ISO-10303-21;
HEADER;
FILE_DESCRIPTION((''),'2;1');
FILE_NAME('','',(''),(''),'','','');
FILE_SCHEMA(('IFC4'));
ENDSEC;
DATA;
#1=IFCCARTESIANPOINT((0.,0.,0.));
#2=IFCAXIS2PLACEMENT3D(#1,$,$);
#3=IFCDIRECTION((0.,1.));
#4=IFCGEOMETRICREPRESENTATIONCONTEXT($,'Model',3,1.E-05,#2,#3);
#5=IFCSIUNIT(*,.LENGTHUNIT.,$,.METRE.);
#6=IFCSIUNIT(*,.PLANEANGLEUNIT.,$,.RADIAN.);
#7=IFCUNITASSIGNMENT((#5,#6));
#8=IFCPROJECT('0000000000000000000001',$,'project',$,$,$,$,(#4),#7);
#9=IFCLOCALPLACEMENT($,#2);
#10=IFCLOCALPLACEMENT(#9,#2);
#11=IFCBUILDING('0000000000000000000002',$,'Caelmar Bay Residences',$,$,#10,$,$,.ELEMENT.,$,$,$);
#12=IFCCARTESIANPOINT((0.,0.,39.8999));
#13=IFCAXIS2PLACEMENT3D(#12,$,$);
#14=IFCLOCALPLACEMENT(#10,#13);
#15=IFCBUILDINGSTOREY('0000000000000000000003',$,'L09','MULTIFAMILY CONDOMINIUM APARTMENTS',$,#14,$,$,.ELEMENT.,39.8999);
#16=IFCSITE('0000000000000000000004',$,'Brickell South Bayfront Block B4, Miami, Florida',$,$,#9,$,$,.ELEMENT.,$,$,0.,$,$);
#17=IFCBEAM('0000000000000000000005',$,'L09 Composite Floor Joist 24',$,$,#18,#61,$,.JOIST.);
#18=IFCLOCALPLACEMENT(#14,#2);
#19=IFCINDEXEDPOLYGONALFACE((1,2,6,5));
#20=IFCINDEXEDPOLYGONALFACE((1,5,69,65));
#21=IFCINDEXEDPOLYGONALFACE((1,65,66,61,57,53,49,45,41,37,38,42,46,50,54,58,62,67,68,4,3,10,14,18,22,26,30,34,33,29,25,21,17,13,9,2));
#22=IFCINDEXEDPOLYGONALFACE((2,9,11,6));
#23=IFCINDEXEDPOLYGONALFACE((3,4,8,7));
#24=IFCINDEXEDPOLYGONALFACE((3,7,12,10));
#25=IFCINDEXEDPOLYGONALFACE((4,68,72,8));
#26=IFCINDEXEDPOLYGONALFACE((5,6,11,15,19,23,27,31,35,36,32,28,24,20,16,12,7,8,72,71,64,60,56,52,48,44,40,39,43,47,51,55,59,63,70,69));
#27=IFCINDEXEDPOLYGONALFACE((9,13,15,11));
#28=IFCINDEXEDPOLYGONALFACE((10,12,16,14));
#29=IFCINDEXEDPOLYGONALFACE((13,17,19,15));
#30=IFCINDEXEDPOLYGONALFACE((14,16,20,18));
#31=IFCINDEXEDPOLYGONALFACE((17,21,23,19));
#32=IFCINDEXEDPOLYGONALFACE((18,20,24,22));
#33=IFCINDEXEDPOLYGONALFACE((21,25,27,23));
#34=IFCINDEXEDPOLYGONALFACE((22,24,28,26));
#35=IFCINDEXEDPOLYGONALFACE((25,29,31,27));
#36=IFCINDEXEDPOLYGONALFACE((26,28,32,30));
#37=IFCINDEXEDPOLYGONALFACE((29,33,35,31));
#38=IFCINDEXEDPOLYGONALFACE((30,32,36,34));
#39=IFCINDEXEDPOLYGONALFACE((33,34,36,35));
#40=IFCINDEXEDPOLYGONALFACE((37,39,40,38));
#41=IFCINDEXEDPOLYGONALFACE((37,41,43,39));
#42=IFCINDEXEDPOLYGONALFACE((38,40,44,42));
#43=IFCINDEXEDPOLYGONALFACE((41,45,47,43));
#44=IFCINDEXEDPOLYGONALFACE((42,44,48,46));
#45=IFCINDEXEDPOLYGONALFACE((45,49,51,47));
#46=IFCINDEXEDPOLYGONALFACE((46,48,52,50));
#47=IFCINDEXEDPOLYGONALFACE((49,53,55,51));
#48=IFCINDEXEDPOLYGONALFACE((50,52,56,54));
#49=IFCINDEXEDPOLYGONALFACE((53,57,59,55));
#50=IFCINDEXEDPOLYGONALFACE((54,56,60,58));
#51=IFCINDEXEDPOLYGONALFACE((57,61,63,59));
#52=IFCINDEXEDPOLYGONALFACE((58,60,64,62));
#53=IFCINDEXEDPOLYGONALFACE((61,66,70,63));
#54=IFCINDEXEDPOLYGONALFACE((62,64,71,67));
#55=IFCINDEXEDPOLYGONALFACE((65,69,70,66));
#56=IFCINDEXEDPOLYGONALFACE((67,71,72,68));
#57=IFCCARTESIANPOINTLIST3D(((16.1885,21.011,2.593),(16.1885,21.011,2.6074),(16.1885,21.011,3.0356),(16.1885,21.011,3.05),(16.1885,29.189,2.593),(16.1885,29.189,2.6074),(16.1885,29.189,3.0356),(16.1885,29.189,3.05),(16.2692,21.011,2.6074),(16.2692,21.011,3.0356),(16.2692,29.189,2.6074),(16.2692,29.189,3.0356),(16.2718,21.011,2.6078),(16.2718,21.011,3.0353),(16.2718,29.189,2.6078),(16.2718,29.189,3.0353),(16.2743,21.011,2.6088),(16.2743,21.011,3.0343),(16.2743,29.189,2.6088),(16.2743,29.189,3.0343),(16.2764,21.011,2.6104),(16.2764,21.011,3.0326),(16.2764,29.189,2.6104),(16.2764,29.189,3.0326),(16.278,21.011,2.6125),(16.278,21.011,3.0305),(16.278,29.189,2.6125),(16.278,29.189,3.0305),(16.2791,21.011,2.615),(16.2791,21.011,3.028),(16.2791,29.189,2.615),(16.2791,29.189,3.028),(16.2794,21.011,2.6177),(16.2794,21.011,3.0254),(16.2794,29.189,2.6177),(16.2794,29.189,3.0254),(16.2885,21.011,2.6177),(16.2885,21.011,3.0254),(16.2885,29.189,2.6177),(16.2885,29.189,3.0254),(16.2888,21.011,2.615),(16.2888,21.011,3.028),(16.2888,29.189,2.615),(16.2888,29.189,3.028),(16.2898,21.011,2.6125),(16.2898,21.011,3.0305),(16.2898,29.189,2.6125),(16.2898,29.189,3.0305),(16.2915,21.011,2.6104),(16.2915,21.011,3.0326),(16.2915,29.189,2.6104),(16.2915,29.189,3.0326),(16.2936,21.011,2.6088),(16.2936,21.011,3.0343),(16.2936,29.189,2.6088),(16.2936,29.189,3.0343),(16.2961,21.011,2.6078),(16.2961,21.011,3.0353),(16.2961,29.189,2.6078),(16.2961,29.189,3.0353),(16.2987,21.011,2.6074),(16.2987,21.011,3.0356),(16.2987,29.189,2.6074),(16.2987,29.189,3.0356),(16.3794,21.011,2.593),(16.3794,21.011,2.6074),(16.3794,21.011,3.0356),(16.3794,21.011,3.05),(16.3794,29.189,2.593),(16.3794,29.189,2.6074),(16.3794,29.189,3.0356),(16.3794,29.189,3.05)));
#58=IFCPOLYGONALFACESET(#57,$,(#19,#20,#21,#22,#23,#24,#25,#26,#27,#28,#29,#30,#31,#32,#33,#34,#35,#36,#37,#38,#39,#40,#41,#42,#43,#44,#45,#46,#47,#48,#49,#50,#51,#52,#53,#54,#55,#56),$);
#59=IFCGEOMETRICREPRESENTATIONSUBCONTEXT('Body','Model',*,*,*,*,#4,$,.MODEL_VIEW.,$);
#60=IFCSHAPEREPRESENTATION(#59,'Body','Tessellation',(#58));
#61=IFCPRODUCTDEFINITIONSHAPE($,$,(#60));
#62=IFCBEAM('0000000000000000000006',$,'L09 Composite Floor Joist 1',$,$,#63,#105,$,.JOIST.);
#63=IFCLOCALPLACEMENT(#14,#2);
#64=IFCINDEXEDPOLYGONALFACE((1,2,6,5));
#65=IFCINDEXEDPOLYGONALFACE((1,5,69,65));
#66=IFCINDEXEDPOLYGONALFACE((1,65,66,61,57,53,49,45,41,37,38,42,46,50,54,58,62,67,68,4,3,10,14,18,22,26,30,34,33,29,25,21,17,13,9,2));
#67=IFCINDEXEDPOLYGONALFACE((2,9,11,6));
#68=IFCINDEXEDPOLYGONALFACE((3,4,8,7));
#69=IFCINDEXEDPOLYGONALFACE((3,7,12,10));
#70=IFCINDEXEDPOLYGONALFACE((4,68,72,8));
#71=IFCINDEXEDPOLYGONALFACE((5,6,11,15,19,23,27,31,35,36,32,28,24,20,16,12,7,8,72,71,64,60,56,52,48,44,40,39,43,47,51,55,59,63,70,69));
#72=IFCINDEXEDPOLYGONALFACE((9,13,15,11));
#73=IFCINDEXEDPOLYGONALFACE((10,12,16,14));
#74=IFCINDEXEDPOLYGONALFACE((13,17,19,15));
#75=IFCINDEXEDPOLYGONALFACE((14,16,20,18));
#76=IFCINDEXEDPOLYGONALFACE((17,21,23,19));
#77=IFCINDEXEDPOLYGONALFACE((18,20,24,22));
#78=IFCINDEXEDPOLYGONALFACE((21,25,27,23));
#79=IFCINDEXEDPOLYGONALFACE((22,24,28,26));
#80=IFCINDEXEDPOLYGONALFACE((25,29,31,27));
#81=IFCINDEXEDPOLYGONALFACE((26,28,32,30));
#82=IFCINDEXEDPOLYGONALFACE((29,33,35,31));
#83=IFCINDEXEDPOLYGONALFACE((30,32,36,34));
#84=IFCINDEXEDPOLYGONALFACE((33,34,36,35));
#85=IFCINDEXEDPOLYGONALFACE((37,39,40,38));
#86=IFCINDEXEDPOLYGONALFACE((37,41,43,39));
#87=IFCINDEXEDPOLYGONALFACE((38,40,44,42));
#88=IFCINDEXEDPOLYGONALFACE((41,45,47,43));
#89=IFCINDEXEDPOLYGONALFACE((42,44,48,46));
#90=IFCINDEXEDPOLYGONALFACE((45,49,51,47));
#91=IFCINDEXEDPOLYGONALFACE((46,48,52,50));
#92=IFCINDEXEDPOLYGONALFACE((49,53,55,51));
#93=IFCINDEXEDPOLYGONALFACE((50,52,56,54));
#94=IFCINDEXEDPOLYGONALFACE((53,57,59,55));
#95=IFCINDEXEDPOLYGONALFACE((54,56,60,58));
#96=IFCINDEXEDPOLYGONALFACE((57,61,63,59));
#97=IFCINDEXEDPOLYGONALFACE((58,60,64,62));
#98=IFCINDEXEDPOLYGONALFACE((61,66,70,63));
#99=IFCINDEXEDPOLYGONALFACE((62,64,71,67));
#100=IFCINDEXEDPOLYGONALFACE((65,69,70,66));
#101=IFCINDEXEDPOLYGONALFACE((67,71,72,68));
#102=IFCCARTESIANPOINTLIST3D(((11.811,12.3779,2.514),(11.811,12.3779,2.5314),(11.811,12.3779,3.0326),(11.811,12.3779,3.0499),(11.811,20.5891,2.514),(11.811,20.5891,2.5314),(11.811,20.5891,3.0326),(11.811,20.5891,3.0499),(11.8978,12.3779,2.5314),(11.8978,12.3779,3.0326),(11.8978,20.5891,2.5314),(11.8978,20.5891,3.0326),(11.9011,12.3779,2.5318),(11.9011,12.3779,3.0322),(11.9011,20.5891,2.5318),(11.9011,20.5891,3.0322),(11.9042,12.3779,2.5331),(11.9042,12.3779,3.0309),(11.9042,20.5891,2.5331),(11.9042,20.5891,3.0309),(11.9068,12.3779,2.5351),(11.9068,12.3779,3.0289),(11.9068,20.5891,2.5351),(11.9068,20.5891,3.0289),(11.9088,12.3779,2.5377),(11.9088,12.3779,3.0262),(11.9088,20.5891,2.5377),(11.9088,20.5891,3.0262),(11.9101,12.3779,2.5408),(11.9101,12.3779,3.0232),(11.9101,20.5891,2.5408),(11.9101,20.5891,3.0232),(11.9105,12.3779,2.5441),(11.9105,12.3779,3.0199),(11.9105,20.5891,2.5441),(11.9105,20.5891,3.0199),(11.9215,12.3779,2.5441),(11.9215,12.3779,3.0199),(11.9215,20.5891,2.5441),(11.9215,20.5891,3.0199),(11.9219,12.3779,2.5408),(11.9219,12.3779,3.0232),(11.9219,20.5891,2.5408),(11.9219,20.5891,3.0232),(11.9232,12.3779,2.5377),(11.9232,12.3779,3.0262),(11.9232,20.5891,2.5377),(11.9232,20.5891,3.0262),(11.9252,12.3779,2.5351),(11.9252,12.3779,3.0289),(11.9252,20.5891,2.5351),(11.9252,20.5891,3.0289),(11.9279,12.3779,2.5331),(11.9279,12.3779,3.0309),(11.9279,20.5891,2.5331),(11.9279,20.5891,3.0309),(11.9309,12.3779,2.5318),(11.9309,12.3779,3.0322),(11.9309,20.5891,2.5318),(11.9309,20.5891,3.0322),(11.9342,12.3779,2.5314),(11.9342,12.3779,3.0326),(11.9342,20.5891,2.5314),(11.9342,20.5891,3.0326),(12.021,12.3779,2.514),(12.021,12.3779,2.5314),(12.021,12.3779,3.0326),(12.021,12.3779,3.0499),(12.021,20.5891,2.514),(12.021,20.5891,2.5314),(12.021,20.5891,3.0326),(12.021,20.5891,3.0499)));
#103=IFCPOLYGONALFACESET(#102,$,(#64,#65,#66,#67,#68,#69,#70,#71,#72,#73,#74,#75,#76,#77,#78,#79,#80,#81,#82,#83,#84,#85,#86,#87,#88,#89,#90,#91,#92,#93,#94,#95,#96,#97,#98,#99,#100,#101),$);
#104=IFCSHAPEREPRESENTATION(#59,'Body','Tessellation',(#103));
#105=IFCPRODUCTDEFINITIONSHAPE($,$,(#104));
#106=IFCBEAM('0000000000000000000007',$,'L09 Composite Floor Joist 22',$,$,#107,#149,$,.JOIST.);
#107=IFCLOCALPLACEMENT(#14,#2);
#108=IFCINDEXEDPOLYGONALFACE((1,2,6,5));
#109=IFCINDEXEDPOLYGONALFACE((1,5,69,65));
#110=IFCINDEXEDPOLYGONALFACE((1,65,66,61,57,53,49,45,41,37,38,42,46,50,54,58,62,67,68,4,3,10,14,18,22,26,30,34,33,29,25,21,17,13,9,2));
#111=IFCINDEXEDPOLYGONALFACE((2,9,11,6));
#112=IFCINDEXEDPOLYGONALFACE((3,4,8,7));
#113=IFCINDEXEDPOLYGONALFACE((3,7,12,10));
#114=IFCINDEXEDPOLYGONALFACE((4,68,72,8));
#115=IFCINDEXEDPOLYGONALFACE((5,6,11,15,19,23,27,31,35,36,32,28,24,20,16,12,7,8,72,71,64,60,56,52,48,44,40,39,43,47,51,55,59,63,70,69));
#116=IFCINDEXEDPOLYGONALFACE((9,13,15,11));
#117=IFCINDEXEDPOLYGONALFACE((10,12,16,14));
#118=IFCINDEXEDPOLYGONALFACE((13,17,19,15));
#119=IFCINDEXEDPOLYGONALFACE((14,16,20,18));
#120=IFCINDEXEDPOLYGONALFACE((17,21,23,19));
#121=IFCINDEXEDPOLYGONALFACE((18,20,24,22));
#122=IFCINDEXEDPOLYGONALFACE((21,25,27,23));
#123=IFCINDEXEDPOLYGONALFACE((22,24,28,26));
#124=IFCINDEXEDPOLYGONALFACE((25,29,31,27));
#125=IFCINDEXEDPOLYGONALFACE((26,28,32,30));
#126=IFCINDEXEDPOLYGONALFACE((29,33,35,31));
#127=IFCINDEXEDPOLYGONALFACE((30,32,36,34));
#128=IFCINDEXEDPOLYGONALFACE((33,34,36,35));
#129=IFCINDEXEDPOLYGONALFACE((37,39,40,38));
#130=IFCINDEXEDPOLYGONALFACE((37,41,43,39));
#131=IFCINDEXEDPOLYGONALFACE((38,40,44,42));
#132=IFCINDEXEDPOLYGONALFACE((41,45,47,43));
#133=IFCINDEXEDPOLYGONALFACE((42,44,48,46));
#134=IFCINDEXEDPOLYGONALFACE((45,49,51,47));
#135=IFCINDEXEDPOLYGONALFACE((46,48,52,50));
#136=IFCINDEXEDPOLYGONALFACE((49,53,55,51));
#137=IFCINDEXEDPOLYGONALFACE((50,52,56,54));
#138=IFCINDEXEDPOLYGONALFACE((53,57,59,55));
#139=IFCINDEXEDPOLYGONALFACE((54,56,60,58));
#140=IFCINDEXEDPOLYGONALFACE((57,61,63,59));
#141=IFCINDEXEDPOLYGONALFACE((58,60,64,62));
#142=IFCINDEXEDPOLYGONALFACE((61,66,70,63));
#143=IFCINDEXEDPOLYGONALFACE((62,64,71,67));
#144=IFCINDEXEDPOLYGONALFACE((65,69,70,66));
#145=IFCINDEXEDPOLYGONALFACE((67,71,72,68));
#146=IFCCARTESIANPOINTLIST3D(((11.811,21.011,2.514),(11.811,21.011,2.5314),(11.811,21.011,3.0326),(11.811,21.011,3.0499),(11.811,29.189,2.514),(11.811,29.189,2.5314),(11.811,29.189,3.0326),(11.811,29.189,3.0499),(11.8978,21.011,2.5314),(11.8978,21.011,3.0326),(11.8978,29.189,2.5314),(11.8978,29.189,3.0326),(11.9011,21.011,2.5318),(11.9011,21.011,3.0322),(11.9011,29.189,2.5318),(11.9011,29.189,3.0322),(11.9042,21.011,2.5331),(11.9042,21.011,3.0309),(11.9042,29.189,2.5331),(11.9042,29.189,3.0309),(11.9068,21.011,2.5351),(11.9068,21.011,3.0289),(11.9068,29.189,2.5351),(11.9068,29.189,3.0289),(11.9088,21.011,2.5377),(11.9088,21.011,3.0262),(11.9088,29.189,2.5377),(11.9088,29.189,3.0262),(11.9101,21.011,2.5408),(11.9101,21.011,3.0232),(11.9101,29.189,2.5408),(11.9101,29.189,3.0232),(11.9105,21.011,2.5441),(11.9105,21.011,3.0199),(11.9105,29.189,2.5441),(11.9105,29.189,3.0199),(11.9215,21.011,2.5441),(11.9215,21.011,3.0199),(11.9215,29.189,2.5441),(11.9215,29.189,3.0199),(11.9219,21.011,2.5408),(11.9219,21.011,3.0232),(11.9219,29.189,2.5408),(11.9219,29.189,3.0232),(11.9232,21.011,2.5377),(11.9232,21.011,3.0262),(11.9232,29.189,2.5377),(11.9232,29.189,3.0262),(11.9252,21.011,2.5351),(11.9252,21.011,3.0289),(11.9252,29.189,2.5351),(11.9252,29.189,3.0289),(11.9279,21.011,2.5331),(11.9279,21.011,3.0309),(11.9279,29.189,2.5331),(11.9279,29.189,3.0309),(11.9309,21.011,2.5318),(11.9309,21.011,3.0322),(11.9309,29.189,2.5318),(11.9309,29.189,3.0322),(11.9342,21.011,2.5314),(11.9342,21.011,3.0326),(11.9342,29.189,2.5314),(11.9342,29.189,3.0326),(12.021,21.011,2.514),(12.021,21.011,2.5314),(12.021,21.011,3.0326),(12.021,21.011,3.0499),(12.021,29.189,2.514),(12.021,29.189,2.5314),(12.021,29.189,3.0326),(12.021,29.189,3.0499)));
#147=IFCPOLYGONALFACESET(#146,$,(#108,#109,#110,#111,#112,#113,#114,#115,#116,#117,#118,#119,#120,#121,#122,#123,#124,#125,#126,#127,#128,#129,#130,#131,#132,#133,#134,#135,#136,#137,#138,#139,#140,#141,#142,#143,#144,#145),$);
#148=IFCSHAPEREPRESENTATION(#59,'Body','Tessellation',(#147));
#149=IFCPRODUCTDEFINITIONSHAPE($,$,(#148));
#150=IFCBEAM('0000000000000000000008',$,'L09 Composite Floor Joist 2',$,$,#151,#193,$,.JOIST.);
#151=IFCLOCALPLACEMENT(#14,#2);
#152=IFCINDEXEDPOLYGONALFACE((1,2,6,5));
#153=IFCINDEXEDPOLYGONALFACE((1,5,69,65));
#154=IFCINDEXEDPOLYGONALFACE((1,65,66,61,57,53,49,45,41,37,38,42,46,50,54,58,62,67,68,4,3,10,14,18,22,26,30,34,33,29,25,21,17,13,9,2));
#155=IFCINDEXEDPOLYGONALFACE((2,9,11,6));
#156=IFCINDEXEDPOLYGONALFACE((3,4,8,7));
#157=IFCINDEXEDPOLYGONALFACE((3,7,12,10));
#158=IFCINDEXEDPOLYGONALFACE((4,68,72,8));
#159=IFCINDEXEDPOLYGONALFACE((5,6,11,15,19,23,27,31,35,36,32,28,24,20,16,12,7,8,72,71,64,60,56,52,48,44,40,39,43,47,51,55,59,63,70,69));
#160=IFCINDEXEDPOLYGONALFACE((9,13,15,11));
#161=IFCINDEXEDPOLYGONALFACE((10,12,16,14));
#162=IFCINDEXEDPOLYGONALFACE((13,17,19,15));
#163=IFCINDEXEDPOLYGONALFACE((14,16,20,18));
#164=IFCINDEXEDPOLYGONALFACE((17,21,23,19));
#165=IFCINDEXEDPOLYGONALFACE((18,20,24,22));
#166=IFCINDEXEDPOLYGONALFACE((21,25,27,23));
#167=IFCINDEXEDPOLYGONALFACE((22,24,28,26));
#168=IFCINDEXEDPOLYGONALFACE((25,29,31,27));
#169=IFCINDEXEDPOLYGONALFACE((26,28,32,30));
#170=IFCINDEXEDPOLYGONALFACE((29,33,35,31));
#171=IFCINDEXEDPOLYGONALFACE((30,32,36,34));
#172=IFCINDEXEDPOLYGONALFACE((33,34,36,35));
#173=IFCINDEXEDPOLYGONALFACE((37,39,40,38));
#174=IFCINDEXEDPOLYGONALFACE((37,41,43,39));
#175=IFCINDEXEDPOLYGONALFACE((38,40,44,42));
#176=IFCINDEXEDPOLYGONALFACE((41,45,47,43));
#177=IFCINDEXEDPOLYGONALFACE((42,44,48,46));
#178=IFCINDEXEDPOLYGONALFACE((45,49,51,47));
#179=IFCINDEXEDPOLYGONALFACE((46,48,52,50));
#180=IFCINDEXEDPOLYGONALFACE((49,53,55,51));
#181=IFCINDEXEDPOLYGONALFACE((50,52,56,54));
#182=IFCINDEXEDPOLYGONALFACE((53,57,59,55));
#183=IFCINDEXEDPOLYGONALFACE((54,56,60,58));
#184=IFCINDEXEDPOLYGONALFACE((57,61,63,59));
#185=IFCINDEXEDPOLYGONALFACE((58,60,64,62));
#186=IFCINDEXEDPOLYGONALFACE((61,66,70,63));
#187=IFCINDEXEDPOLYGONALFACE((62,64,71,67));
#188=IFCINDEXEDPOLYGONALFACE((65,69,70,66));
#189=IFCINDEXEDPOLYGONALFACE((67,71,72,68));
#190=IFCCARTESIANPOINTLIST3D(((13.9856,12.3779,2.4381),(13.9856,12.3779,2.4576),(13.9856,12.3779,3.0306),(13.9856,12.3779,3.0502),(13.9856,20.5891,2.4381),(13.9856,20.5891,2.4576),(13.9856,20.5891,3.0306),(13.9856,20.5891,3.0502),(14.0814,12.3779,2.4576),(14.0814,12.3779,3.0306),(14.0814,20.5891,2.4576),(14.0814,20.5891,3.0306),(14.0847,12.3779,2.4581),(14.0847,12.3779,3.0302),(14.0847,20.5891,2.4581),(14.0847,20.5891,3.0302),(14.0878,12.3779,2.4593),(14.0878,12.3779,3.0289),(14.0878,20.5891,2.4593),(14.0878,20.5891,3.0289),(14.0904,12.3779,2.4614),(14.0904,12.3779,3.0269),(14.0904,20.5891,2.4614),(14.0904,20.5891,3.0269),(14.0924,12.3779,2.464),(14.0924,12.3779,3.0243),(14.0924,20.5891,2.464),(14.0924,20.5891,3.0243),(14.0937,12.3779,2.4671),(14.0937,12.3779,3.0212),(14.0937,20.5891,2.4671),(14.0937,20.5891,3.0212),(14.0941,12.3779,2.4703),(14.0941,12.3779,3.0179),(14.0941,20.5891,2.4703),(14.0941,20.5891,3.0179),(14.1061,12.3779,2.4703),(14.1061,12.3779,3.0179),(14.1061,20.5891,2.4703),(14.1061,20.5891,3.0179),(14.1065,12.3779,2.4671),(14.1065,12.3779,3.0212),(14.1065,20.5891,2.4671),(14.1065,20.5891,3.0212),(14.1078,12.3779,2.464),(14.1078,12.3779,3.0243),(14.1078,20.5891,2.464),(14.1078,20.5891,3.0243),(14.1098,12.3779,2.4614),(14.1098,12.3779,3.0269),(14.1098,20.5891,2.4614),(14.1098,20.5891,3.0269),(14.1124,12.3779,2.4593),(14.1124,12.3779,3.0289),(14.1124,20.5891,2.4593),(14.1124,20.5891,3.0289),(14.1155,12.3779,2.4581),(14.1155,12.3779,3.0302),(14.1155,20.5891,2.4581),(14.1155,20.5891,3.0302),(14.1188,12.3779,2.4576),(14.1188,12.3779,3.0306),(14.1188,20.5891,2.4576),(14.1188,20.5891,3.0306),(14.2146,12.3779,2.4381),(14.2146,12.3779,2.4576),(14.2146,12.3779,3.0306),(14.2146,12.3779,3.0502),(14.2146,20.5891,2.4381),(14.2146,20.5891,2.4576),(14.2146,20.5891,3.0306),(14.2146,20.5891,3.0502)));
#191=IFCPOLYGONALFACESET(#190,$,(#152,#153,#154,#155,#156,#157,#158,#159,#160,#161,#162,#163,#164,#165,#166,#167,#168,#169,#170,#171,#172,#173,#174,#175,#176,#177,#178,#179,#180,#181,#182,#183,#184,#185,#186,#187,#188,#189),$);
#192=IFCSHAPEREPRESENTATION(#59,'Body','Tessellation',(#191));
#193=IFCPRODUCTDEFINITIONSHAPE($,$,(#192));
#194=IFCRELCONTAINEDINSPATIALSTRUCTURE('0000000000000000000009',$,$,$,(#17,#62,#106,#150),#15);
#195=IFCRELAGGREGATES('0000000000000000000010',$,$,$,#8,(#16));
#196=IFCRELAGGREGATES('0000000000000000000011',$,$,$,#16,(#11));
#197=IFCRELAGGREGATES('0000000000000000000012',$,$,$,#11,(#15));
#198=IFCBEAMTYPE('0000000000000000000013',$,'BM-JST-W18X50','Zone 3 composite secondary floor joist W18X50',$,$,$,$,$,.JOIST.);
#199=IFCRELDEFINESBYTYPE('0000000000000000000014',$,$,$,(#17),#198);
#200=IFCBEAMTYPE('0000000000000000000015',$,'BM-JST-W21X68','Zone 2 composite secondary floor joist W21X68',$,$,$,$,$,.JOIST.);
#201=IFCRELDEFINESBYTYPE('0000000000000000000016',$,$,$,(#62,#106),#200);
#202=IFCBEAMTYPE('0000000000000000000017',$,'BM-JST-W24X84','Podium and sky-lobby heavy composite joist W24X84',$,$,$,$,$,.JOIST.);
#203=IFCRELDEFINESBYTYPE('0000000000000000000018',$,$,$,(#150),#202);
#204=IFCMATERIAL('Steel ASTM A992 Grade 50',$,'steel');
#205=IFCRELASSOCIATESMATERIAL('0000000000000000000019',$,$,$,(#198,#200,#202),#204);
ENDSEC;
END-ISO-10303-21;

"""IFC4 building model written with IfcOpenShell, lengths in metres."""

from ifc_helpers import new_model, si_unit, direction, frame, origin, origin_2d, place, context, subcontext, project, spatial, i_section, extrude, material, material_profile, profile_set, type_object, element, save


model = new_model("IFC4")

# Units and contexts
model_context = context("Model", 3, precision=1e-05, world=origin(), true_north=direction((0.0, 1.0)))
body_context = subcontext(model_context, "Body", "Model", "MODEL_VIEW")
ifc_project = project(units=[si_unit("LENGTHUNIT", "METRE"), si_unit("PLANEANGLEUNIT", "RADIAN")], contexts=[model_context])

# Site, building, storey
site_placement = place(None, origin())
site = spatial("IfcSite", under=ifc_project, at=site_placement, Name="Brickell South Bayfront Block B4, Miami, Florida", CompositionType="ELEMENT", RefElevation=0.0)
building_placement = place(site_placement, origin())
building = spatial("IfcBuilding", under=site, at=building_placement, Name="Caelmar Bay Residences", CompositionType="ELEMENT")
storey_placement = place(building_placement, frame((0.0, 0.0, 39.8999)))
storey = spatial("IfcBuildingStorey", under=building, at=storey_placement, Name="L09", Description="MULTIFAMILY CONDOMINIUM APARTMENTS", CompositionType="ELEMENT", Elevation=39.8999)

# Beams
ifc_material_1 = material(Name="Steel ASTM A992 Grade 50", Category="steel")
ifc_material_profile_1 = material_profile(ifc_material_1, i_section(OverallWidth=0.1909, OverallDepth=0.457, WebThickness=0.009, FlangeThickness=0.0144, FilletRadius=0.0103, at=origin_2d()), Name="W18X50")
ifc_profile_set_1 = profile_set([ifc_material_profile_1], Name="Steel ASTM A992 Grade 50")
beam_type_1 = type_object("IfcBeamType", Name="BM-JST-W18X50", Description="Zone 3 composite secondary floor joist W18X50", PredefinedType="JOIST", material=ifc_profile_set_1)
beam_1_placement = place(storey_placement, frame((16.2839, 21.011, 2.8215), z_axis=(0.0, 1.0, 0.0), x_axis=(-1.0, 0.0, 0.0)))
element("IfcBeam", 1, at=beam_1_placement, inside=storey, type_object=beam_type_1, Name="L09 Composite Floor Joist 24", PredefinedType="JOIST", context=body_context, shape_type="SweptSolid", body=[
    extrude(i_section(OverallWidth=0.1909, OverallDepth=0.457, WebThickness=0.009, FlangeThickness=0.0144, FilletRadius=0.0103, at=origin_2d()), origin(), (0.0, 0.0, 1.0), 8.178),
])
ifc_material_profile_2 = material_profile(ifc_material_1, i_section(OverallWidth=0.21, OverallDepth=0.5359, WebThickness=0.011, FlangeThickness=0.0173, FilletRadius=0.0127, at=origin_2d()), Name="W21X68")
ifc_profile_set_2 = profile_set([ifc_material_profile_2], Name="Steel ASTM A992 Grade 50")
beam_type_2 = type_object("IfcBeamType", Name="BM-JST-W21X68", Description="Zone 2 composite secondary floor joist W21X68", PredefinedType="JOIST", material=ifc_profile_set_2)
beam_2_placement = place(storey_placement, frame((11.916, 12.3779, 2.782), z_axis=(0.0, 1.0, 0.0), x_axis=(-1.0, 0.0, 0.0)))
element("IfcBeam", 2, at=beam_2_placement, inside=storey, type_object=beam_type_2, Name="L09 Composite Floor Joist 1", PredefinedType="JOIST", context=body_context, shape_type="SweptSolid", body=[
    extrude(i_section(OverallWidth=0.21, OverallDepth=0.5359, WebThickness=0.011, FlangeThickness=0.0173, FilletRadius=0.0127, at=origin_2d()), origin(), (0.0, 0.0, 1.0), 8.2112),
])
beam_3_placement = place(storey_placement, frame((11.916, 21.011, 2.782), z_axis=(0.0, 1.0, 0.0), x_axis=(-1.0, 0.0, 0.0)))
element("IfcBeam", 3, at=beam_3_placement, inside=storey, type_object=beam_type_2, Name="L09 Composite Floor Joist 22", PredefinedType="JOIST", context=body_context, shape_type="SweptSolid", body=[
    extrude(i_section(OverallWidth=0.21, OverallDepth=0.5359, WebThickness=0.011, FlangeThickness=0.0173, FilletRadius=0.0127, at=origin_2d()), origin(), (0.0, 0.0, 1.0), 8.178),
])
ifc_material_profile_3 = material_profile(ifc_material_1, i_section(OverallWidth=0.229, OverallDepth=0.6121, WebThickness=0.012, FlangeThickness=0.0195, FilletRadius=0.0127, at=origin_2d()), Name="W24X84")
ifc_profile_set_3 = profile_set([ifc_material_profile_3], Name="Steel ASTM A992 Grade 50")
beam_type_3 = type_object("IfcBeamType", Name="BM-JST-W24X84", Description="Podium and sky-lobby heavy composite joist W24X84", PredefinedType="JOIST", material=ifc_profile_set_3)
beam_4_placement = place(storey_placement, frame((14.1001, 12.3779, 2.7441), z_axis=(0.0, 1.0, 0.0), x_axis=(-1.0, 0.0, 0.0)))
element("IfcBeam", 4, at=beam_4_placement, inside=storey, type_object=beam_type_3, Name="L09 Composite Floor Joist 2", PredefinedType="JOIST", context=body_context, shape_type="SweptSolid", body=[
    extrude(i_section(OverallWidth=0.229, OverallDepth=0.6121, WebThickness=0.012, FlangeThickness=0.0195, FilletRadius=0.0127, at=origin_2d()), origin(), (0.0, 0.0, 1.0), 8.2112),
])

save(model, "model.ifc")
